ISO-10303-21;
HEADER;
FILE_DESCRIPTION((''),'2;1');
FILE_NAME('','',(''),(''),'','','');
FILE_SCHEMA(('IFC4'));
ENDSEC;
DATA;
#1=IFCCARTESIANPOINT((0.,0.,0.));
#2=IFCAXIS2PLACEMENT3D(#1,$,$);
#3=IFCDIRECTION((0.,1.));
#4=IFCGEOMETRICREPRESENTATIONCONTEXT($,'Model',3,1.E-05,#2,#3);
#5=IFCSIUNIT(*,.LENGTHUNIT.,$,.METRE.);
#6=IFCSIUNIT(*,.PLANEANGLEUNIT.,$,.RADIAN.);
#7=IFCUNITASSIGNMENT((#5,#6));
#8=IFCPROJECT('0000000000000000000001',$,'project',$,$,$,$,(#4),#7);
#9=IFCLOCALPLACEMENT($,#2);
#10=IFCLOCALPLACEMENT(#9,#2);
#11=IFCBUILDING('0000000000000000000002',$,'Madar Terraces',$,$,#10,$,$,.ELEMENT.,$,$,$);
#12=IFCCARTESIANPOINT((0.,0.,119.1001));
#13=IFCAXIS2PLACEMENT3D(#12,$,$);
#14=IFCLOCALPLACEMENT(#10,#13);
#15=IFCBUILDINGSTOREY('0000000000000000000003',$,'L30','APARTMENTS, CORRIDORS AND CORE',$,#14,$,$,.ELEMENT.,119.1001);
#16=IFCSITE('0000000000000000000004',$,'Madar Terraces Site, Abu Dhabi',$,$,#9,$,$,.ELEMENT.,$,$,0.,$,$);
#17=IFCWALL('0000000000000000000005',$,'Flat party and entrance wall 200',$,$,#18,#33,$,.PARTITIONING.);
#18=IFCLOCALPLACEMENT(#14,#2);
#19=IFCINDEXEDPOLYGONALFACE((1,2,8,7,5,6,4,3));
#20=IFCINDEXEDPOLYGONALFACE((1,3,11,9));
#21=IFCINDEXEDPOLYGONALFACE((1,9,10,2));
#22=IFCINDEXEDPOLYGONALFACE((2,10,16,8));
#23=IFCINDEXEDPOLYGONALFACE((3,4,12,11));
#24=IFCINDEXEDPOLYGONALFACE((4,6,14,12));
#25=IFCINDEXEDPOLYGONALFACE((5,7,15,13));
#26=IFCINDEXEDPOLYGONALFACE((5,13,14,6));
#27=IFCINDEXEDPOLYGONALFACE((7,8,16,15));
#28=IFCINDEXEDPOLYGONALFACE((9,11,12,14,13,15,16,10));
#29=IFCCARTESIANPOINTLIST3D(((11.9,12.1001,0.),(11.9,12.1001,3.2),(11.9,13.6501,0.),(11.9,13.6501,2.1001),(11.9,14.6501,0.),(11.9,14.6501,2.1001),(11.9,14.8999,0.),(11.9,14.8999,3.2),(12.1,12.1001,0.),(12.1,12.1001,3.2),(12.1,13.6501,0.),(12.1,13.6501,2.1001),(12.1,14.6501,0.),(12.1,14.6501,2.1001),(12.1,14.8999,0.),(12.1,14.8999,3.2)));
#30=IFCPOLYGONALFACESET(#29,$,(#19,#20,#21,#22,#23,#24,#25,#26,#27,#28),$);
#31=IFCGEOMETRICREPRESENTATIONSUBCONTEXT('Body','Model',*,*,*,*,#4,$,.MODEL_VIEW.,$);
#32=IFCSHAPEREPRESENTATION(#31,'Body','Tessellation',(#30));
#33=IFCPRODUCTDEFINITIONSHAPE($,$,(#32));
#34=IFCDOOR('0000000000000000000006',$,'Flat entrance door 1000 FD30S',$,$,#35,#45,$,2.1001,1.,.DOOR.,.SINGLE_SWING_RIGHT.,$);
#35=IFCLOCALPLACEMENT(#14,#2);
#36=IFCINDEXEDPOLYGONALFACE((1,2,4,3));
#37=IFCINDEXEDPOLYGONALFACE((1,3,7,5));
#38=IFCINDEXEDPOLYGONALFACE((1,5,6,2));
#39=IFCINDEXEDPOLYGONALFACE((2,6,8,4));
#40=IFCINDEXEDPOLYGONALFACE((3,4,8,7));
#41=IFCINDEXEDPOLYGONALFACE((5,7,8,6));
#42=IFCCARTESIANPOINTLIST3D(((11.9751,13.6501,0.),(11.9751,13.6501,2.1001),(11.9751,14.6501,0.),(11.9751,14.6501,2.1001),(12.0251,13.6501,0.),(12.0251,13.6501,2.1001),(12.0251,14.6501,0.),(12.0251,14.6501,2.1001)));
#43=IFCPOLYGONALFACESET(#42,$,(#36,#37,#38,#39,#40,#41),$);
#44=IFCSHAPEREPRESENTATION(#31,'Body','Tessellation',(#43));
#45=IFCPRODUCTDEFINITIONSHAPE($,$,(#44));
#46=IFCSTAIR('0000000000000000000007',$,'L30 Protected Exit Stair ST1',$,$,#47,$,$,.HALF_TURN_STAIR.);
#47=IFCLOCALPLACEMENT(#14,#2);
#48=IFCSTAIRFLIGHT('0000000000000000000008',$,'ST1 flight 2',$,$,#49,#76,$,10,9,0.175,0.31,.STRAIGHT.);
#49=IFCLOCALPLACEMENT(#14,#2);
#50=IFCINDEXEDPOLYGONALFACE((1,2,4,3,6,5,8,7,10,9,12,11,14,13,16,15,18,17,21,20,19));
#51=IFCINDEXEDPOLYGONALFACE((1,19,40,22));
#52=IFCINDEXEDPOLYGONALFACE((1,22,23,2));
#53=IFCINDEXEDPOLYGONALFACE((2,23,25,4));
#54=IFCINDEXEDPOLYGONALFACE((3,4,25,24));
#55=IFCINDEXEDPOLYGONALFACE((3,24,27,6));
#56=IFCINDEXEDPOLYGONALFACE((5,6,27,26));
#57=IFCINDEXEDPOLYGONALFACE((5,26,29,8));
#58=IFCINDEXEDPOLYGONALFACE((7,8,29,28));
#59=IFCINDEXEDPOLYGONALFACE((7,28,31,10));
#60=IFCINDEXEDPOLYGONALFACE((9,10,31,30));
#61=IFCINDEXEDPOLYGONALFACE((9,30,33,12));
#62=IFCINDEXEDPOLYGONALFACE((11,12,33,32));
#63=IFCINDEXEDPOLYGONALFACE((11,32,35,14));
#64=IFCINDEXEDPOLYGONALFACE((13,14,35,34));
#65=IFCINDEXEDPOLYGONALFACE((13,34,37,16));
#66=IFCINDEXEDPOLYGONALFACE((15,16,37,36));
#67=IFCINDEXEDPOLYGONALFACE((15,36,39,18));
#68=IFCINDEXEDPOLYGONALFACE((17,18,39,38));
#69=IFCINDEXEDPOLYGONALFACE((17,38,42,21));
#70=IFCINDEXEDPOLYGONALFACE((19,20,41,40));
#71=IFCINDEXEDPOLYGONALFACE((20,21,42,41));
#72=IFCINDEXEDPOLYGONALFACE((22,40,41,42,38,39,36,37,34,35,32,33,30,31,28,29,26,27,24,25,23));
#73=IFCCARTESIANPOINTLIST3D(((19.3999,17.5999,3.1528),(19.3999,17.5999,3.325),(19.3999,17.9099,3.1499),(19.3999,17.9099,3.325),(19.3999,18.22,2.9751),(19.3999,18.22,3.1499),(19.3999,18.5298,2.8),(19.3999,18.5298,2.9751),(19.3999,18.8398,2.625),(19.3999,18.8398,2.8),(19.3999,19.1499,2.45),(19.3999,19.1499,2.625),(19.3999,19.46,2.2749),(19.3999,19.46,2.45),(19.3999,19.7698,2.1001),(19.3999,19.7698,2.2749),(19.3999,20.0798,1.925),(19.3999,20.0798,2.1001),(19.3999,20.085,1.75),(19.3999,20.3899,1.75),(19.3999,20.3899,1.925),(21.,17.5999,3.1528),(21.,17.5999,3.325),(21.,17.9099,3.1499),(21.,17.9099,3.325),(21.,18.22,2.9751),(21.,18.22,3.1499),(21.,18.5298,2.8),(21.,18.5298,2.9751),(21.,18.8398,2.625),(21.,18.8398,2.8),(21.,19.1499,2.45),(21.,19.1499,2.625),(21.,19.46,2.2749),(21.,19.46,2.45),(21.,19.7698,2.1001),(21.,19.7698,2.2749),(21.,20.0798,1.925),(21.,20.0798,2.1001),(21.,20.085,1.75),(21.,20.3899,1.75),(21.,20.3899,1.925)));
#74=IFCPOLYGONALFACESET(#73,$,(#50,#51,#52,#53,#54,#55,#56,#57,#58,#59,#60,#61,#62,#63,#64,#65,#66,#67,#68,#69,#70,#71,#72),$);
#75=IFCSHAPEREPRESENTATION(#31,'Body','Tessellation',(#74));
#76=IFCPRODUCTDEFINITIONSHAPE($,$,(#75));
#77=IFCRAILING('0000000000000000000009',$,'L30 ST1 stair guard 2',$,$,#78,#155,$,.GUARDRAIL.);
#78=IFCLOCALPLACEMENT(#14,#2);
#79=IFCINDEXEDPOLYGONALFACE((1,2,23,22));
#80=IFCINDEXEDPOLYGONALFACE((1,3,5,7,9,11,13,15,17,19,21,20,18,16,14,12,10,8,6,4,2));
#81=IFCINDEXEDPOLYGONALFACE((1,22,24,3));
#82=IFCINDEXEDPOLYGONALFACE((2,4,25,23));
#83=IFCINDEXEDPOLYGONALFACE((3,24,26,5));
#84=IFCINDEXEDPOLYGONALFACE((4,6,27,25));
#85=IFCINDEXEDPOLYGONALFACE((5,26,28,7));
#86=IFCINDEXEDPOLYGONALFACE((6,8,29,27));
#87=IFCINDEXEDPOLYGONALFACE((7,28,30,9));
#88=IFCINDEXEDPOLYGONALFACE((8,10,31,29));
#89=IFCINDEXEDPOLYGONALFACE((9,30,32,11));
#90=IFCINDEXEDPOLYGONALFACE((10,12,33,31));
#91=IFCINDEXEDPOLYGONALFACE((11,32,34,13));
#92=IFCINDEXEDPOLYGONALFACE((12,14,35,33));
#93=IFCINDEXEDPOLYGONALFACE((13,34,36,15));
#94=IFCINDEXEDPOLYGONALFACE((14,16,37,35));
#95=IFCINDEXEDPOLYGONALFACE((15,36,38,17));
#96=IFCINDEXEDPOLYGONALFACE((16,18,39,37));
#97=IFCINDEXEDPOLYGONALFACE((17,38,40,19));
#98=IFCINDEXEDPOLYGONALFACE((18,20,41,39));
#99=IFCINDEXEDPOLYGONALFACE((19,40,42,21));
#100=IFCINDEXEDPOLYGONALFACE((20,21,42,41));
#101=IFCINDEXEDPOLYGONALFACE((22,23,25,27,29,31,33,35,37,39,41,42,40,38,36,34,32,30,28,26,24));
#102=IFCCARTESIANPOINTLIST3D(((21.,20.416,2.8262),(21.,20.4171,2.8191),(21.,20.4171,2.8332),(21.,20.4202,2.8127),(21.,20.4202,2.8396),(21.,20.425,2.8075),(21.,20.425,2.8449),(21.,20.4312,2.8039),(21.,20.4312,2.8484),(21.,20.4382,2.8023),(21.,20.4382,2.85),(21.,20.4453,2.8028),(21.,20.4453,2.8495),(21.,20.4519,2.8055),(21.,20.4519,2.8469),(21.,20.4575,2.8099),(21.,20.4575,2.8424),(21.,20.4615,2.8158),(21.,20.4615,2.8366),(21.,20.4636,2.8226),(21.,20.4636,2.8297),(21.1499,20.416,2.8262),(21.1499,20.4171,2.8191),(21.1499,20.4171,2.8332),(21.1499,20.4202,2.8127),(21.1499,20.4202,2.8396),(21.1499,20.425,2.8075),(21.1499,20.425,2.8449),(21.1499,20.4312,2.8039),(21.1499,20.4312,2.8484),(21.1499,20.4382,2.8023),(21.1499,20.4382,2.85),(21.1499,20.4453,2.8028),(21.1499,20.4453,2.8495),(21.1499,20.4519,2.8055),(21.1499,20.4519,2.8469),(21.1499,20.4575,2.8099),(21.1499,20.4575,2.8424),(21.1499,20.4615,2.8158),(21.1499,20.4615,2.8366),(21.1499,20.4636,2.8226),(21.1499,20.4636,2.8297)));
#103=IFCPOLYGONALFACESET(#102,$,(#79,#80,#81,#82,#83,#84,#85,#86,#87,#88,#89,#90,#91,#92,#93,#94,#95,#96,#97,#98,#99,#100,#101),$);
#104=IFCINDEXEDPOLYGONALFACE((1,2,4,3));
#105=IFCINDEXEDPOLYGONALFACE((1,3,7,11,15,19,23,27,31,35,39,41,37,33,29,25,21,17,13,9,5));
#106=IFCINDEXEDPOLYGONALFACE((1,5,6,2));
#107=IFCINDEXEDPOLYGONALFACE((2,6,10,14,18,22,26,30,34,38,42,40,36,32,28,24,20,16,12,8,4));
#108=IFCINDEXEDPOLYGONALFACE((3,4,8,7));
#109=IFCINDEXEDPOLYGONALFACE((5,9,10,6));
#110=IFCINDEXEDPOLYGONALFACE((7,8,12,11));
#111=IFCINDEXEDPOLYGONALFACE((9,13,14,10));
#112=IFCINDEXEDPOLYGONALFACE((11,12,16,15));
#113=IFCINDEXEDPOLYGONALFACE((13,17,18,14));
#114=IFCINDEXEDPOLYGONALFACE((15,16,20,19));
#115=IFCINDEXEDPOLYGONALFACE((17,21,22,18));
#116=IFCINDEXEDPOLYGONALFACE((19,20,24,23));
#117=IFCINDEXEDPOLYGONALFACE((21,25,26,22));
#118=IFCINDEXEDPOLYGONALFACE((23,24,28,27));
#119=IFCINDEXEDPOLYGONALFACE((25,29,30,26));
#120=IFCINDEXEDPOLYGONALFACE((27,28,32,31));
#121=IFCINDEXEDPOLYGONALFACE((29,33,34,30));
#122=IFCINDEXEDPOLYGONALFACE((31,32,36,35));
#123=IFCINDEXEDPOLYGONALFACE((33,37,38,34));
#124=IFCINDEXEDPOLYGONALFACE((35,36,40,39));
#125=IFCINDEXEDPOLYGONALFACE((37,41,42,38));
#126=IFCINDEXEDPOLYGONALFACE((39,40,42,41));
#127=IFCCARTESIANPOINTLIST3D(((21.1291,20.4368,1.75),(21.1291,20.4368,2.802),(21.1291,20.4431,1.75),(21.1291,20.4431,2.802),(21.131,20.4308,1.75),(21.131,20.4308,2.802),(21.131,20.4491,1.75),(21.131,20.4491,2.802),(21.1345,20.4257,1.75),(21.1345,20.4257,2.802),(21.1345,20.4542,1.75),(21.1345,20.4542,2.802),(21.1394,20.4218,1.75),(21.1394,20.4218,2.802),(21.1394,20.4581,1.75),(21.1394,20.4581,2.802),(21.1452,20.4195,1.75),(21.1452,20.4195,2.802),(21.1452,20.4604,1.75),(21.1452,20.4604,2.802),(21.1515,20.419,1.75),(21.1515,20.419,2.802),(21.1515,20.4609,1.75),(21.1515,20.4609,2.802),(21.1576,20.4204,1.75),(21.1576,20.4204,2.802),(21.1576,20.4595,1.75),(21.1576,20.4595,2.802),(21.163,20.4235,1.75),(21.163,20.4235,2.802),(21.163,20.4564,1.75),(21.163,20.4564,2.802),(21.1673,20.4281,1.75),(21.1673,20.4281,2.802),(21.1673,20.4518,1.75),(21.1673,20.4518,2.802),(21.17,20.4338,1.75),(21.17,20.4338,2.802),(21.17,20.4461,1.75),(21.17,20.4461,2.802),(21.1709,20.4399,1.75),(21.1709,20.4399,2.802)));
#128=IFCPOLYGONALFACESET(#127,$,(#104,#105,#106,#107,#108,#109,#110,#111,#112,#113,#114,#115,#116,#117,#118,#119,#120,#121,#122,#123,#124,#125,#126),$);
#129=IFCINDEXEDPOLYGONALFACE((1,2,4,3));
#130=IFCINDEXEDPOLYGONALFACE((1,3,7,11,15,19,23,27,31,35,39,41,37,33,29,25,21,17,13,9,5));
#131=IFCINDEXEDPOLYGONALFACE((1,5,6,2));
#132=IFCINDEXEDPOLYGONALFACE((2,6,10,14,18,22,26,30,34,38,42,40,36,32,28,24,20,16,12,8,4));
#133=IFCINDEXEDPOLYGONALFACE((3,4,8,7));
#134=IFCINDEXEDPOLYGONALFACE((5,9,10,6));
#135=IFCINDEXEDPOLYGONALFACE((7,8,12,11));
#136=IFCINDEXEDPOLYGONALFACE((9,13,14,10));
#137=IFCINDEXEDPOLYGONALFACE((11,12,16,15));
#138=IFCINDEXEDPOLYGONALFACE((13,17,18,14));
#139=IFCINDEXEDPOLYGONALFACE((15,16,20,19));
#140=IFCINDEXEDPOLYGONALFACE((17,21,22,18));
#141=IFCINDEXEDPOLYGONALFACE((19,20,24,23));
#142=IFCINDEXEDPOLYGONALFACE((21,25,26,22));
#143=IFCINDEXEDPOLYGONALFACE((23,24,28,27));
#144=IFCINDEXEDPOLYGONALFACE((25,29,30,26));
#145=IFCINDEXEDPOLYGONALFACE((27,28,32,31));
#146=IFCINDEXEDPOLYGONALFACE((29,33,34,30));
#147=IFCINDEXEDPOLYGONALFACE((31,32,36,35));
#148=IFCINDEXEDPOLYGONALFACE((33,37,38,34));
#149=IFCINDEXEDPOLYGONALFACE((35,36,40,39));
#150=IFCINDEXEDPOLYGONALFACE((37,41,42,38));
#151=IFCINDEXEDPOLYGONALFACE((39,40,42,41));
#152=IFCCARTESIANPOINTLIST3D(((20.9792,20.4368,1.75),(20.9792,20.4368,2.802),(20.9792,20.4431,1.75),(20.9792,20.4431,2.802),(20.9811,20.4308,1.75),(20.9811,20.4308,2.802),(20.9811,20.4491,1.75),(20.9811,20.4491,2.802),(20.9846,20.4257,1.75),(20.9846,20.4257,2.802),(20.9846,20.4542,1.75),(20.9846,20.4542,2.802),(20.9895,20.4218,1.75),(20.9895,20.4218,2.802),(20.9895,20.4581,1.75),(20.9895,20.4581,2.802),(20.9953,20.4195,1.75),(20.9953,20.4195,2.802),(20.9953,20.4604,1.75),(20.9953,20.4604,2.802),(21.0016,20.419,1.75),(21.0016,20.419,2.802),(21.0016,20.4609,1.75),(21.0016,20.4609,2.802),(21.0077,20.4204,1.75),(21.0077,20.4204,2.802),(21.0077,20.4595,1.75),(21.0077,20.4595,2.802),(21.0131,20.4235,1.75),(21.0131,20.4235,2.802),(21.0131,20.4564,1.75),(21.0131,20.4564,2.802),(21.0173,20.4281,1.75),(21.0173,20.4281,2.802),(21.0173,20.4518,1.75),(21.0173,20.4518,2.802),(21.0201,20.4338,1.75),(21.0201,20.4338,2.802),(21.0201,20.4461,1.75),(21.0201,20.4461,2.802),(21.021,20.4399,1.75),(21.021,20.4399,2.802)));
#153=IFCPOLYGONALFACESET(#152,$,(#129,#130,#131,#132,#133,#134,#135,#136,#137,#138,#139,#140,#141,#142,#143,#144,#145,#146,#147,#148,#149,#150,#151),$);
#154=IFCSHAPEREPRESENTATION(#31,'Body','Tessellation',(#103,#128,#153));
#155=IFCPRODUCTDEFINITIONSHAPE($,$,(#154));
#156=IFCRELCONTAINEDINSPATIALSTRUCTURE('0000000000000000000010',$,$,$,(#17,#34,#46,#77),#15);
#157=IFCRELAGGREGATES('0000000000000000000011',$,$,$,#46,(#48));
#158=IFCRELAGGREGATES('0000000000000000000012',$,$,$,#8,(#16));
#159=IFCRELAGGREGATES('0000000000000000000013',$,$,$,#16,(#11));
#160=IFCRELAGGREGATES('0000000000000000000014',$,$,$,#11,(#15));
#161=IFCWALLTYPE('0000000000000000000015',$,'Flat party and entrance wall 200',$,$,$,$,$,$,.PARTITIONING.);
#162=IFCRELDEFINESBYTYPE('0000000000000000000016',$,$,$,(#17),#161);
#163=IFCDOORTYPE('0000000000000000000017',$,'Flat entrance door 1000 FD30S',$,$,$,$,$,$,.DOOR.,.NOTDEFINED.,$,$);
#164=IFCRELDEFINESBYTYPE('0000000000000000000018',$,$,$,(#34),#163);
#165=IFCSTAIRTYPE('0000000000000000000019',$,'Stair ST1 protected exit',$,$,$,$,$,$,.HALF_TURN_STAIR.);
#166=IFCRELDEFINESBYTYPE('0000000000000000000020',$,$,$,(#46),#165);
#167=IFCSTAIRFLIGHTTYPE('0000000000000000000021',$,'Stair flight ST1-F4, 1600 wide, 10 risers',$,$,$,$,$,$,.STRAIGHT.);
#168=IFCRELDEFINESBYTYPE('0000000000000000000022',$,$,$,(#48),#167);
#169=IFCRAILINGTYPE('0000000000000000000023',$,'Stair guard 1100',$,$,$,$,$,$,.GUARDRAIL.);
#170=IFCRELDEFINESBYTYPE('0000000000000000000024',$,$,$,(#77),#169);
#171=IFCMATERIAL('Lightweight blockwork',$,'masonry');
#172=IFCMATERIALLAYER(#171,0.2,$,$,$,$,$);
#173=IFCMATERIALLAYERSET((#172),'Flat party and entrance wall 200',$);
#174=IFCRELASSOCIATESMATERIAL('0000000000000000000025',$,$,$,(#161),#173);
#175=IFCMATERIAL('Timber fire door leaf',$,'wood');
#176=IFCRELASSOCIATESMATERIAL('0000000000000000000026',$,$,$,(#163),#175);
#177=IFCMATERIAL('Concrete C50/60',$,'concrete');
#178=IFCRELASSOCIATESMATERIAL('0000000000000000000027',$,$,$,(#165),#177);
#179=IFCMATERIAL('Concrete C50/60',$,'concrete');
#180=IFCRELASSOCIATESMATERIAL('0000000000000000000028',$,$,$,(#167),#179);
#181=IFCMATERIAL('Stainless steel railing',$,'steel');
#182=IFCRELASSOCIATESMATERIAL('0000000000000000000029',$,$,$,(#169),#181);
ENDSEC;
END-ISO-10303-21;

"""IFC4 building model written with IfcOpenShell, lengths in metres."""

from ifc_helpers import new_model, si_unit, direction, frame, frame_2d, origin, origin_2d, place, context, subcontext, project, spatial, polyline, rectangle, circle, outline, extrude, material, layer, layer_set, type_object, element, fill, aggregate, save


model = new_model("IFC4")

# Units and contexts
model_context = context("Model", 3, precision=1e-05, world=origin(), true_north=direction((0.0, 1.0)))
body_context = subcontext(model_context, "Body", "Model", "MODEL_VIEW")
ifc_project = project(units=[si_unit("LENGTHUNIT", "METRE"), si_unit("PLANEANGLEUNIT", "RADIAN")], contexts=[model_context])

# Site, building, storey
site_placement = place(None, origin())
site = spatial("IfcSite", under=ifc_project, at=site_placement, Name="Madar Terraces Site, Abu Dhabi", CompositionType="ELEMENT", RefElevation=0.0)
building_placement = place(site_placement, origin())
building = spatial("IfcBuilding", under=site, at=building_placement, Name="Madar Terraces", CompositionType="ELEMENT")
storey_placement = place(building_placement, frame((0.0, 0.0, 119.1001)))
storey = spatial("IfcBuildingStorey", under=building, at=storey_placement, Name="L30", Description="APARTMENTS, CORRIDORS AND CORE", CompositionType="ELEMENT", Elevation=119.1001)

# Wall, opening, door
ifc_material_1 = material(Name="Lightweight blockwork", Category="masonry")
ifc_layer_1 = layer(ifc_material_1, 0.2)
ifc_layer_set_1 = layer_set([ifc_layer_1], Name="Flat party and entrance wall 200")
wall_type_1 = type_object("IfcWallType", Name="Flat party and entrance wall 200", PredefinedType="PARTITIONING", material=ifc_layer_set_1)
wall_1_placement = place(storey_placement, frame((12.0, 12.1001, 0.0), z_axis=(0.0, 0.0, 1.0), x_axis=(0.0, 1.0, 0.0)))
wall_1 = element("IfcWall", 1, at=wall_1_placement, inside=storey, type_object=wall_type_1, Name="Flat party and entrance wall 200", PredefinedType="PARTITIONING", context=body_context, shape_type="SweptSolid", body=[
    extrude(rectangle(XDim=2.7998, YDim=0.2, at=frame_2d((1.3999, 0.0))), origin(), (0.0, 0.0, 1.0), 3.2),
])
opening_1_placement = place(wall_1_placement, frame((1.55, 0.0, 0.0)))
opening_1 = element("IfcOpeningElement", 2, at=opening_1_placement, cuts=wall_1, PredefinedType="OPENING", context=body_context, shape_type="SweptSolid", body=[
    extrude(rectangle(XDim=1.0, YDim=2.1001, at=frame_2d((0.5, 1.05))), frame((0.0, 0.1099, 0.0), z_axis=(0.0, -1.0, 0.0), x_axis=(1.0, 0.0, 0.0)), (0.0, 0.0, 1.0), 0.22),
])
ifc_material_2 = material(Name="Timber fire door leaf", Category="wood")
door_type_1 = type_object("IfcDoorType", Name="Flat entrance door 1000 FD30S", OperationType="NOTDEFINED", PredefinedType="DOOR", material=ifc_material_2)
door_1_placement = place(opening_1_placement, origin())
door_1 = element("IfcDoor", 3, at=door_1_placement, inside=storey, type_object=door_type_1, Name="Flat entrance door 1000 FD30S", OperationType="SINGLE_SWING_RIGHT", OverallHeight=2.1001, OverallWidth=1.0, PredefinedType="DOOR", context=body_context, shape_type="SweptSolid", body=[
    extrude(rectangle(XDim=1.0, YDim=2.1001, at=frame_2d((0.5, 1.05))), frame((0.0, 0.0249, 0.0), z_axis=(0.0, -1.0, 0.0), x_axis=(1.0, 0.0, 0.0)), (0.0, 0.0, 1.0), 0.05),
])
fill(opening_1, door_1)

# Stair, stair flight
ifc_material_3 = material(Name="Concrete C50/60", Category="concrete")
stair_type = type_object("IfcStairType", Name="Stair ST1 protected exit", PredefinedType="HALF_TURN_STAIR", material=ifc_material_3)
stair_placement = place(storey_placement, origin())
stair = element("IfcStair", 4, at=stair_placement, inside=storey, type_object=stair_type, Name="L30 Protected Exit Stair ST1", PredefinedType="HALF_TURN_STAIR")
ifc_material_4 = material(Name="Concrete C50/60", Category="concrete")
stair_flight_type = type_object("IfcStairFlightType", Name="Stair flight ST1-F4, 1600 wide, 10 risers", PredefinedType="STRAIGHT", material=ifc_material_4)
stair_flight_placement = place(storey_placement, frame((20.2, 20.3899, 1.75), z_axis=(0.0, 0.0, 1.0), x_axis=(0.0, -1.0, 0.0)))
stair_flight = element("IfcStairFlight", 5, at=stair_flight_placement, type_object=stair_flight_type, Name="ST1 flight 2", NumberOfRisers=10, NumberOfTreads=9, PredefinedType="STRAIGHT", RiserHeight=0.175, TreadLength=0.31, context=body_context, shape_type="SweptSolid", body=[
    extrude(outline(polyline([(0.0, 0.0), (0.0, 0.175), (0.3101, 0.175), (0.3101, 0.3501), (0.6201, 0.3501), (0.6201, 0.5249), (0.9299, 0.5249), (0.9299, 0.7), (1.24, 0.7), (1.24, 0.875), (1.55, 0.875), (1.55, 1.05), (1.8601, 1.05), (1.8601, 1.2251), (2.1699, 1.2251), (2.1699, 1.3999), (2.48, 1.3999), (2.48, 1.575), (2.79, 1.575), (2.79, 1.75), (2.79, 1.4028), (0.3049, 0.0), (0.0, 0.0)])), frame((0.0, 0.8, 0.0), z_axis=(0.0, -1.0, 0.0), x_axis=(1.0, 0.0, 0.0)), (0.0, 0.0, 1.0), 1.6001),
])
aggregate(stair, [stair_flight])

# Railing
ifc_material_5 = material(Name="Stainless steel railing", Category="steel")
railing_type_1 = type_object("IfcRailingType", Name="Stair guard 1100", PredefinedType="GUARDRAIL", material=ifc_material_5)
railing_1_placement = place(storey_placement, frame((21.1499, 20.4399, 1.75)))
element("IfcRailing", 6, at=railing_1_placement, inside=storey, type_object=railing_type_1, Name="L30 ST1 stair guard 2", PredefinedType="GUARDRAIL", context=body_context, shape_type="SweptSolid", body=[
    extrude(circle(Radius=0.0239, at=origin_2d()), frame((0.0, 0.0, 1.0762), z_axis=(-1.0, 0.0, 0.0), x_axis=(0.0, -1.0, 0.0)), (0.0, 0.0, 1.0), 0.1499),
    extrude(circle(Radius=0.021, at=origin_2d()), origin(), (0.0, 0.0, 1.0), 1.052),
    extrude(circle(Radius=0.021, at=origin_2d()), frame((-0.1499, 0.0, 0.0)), (0.0, 0.0, 1.0), 1.052),
])

save(model, "model.ifc")
